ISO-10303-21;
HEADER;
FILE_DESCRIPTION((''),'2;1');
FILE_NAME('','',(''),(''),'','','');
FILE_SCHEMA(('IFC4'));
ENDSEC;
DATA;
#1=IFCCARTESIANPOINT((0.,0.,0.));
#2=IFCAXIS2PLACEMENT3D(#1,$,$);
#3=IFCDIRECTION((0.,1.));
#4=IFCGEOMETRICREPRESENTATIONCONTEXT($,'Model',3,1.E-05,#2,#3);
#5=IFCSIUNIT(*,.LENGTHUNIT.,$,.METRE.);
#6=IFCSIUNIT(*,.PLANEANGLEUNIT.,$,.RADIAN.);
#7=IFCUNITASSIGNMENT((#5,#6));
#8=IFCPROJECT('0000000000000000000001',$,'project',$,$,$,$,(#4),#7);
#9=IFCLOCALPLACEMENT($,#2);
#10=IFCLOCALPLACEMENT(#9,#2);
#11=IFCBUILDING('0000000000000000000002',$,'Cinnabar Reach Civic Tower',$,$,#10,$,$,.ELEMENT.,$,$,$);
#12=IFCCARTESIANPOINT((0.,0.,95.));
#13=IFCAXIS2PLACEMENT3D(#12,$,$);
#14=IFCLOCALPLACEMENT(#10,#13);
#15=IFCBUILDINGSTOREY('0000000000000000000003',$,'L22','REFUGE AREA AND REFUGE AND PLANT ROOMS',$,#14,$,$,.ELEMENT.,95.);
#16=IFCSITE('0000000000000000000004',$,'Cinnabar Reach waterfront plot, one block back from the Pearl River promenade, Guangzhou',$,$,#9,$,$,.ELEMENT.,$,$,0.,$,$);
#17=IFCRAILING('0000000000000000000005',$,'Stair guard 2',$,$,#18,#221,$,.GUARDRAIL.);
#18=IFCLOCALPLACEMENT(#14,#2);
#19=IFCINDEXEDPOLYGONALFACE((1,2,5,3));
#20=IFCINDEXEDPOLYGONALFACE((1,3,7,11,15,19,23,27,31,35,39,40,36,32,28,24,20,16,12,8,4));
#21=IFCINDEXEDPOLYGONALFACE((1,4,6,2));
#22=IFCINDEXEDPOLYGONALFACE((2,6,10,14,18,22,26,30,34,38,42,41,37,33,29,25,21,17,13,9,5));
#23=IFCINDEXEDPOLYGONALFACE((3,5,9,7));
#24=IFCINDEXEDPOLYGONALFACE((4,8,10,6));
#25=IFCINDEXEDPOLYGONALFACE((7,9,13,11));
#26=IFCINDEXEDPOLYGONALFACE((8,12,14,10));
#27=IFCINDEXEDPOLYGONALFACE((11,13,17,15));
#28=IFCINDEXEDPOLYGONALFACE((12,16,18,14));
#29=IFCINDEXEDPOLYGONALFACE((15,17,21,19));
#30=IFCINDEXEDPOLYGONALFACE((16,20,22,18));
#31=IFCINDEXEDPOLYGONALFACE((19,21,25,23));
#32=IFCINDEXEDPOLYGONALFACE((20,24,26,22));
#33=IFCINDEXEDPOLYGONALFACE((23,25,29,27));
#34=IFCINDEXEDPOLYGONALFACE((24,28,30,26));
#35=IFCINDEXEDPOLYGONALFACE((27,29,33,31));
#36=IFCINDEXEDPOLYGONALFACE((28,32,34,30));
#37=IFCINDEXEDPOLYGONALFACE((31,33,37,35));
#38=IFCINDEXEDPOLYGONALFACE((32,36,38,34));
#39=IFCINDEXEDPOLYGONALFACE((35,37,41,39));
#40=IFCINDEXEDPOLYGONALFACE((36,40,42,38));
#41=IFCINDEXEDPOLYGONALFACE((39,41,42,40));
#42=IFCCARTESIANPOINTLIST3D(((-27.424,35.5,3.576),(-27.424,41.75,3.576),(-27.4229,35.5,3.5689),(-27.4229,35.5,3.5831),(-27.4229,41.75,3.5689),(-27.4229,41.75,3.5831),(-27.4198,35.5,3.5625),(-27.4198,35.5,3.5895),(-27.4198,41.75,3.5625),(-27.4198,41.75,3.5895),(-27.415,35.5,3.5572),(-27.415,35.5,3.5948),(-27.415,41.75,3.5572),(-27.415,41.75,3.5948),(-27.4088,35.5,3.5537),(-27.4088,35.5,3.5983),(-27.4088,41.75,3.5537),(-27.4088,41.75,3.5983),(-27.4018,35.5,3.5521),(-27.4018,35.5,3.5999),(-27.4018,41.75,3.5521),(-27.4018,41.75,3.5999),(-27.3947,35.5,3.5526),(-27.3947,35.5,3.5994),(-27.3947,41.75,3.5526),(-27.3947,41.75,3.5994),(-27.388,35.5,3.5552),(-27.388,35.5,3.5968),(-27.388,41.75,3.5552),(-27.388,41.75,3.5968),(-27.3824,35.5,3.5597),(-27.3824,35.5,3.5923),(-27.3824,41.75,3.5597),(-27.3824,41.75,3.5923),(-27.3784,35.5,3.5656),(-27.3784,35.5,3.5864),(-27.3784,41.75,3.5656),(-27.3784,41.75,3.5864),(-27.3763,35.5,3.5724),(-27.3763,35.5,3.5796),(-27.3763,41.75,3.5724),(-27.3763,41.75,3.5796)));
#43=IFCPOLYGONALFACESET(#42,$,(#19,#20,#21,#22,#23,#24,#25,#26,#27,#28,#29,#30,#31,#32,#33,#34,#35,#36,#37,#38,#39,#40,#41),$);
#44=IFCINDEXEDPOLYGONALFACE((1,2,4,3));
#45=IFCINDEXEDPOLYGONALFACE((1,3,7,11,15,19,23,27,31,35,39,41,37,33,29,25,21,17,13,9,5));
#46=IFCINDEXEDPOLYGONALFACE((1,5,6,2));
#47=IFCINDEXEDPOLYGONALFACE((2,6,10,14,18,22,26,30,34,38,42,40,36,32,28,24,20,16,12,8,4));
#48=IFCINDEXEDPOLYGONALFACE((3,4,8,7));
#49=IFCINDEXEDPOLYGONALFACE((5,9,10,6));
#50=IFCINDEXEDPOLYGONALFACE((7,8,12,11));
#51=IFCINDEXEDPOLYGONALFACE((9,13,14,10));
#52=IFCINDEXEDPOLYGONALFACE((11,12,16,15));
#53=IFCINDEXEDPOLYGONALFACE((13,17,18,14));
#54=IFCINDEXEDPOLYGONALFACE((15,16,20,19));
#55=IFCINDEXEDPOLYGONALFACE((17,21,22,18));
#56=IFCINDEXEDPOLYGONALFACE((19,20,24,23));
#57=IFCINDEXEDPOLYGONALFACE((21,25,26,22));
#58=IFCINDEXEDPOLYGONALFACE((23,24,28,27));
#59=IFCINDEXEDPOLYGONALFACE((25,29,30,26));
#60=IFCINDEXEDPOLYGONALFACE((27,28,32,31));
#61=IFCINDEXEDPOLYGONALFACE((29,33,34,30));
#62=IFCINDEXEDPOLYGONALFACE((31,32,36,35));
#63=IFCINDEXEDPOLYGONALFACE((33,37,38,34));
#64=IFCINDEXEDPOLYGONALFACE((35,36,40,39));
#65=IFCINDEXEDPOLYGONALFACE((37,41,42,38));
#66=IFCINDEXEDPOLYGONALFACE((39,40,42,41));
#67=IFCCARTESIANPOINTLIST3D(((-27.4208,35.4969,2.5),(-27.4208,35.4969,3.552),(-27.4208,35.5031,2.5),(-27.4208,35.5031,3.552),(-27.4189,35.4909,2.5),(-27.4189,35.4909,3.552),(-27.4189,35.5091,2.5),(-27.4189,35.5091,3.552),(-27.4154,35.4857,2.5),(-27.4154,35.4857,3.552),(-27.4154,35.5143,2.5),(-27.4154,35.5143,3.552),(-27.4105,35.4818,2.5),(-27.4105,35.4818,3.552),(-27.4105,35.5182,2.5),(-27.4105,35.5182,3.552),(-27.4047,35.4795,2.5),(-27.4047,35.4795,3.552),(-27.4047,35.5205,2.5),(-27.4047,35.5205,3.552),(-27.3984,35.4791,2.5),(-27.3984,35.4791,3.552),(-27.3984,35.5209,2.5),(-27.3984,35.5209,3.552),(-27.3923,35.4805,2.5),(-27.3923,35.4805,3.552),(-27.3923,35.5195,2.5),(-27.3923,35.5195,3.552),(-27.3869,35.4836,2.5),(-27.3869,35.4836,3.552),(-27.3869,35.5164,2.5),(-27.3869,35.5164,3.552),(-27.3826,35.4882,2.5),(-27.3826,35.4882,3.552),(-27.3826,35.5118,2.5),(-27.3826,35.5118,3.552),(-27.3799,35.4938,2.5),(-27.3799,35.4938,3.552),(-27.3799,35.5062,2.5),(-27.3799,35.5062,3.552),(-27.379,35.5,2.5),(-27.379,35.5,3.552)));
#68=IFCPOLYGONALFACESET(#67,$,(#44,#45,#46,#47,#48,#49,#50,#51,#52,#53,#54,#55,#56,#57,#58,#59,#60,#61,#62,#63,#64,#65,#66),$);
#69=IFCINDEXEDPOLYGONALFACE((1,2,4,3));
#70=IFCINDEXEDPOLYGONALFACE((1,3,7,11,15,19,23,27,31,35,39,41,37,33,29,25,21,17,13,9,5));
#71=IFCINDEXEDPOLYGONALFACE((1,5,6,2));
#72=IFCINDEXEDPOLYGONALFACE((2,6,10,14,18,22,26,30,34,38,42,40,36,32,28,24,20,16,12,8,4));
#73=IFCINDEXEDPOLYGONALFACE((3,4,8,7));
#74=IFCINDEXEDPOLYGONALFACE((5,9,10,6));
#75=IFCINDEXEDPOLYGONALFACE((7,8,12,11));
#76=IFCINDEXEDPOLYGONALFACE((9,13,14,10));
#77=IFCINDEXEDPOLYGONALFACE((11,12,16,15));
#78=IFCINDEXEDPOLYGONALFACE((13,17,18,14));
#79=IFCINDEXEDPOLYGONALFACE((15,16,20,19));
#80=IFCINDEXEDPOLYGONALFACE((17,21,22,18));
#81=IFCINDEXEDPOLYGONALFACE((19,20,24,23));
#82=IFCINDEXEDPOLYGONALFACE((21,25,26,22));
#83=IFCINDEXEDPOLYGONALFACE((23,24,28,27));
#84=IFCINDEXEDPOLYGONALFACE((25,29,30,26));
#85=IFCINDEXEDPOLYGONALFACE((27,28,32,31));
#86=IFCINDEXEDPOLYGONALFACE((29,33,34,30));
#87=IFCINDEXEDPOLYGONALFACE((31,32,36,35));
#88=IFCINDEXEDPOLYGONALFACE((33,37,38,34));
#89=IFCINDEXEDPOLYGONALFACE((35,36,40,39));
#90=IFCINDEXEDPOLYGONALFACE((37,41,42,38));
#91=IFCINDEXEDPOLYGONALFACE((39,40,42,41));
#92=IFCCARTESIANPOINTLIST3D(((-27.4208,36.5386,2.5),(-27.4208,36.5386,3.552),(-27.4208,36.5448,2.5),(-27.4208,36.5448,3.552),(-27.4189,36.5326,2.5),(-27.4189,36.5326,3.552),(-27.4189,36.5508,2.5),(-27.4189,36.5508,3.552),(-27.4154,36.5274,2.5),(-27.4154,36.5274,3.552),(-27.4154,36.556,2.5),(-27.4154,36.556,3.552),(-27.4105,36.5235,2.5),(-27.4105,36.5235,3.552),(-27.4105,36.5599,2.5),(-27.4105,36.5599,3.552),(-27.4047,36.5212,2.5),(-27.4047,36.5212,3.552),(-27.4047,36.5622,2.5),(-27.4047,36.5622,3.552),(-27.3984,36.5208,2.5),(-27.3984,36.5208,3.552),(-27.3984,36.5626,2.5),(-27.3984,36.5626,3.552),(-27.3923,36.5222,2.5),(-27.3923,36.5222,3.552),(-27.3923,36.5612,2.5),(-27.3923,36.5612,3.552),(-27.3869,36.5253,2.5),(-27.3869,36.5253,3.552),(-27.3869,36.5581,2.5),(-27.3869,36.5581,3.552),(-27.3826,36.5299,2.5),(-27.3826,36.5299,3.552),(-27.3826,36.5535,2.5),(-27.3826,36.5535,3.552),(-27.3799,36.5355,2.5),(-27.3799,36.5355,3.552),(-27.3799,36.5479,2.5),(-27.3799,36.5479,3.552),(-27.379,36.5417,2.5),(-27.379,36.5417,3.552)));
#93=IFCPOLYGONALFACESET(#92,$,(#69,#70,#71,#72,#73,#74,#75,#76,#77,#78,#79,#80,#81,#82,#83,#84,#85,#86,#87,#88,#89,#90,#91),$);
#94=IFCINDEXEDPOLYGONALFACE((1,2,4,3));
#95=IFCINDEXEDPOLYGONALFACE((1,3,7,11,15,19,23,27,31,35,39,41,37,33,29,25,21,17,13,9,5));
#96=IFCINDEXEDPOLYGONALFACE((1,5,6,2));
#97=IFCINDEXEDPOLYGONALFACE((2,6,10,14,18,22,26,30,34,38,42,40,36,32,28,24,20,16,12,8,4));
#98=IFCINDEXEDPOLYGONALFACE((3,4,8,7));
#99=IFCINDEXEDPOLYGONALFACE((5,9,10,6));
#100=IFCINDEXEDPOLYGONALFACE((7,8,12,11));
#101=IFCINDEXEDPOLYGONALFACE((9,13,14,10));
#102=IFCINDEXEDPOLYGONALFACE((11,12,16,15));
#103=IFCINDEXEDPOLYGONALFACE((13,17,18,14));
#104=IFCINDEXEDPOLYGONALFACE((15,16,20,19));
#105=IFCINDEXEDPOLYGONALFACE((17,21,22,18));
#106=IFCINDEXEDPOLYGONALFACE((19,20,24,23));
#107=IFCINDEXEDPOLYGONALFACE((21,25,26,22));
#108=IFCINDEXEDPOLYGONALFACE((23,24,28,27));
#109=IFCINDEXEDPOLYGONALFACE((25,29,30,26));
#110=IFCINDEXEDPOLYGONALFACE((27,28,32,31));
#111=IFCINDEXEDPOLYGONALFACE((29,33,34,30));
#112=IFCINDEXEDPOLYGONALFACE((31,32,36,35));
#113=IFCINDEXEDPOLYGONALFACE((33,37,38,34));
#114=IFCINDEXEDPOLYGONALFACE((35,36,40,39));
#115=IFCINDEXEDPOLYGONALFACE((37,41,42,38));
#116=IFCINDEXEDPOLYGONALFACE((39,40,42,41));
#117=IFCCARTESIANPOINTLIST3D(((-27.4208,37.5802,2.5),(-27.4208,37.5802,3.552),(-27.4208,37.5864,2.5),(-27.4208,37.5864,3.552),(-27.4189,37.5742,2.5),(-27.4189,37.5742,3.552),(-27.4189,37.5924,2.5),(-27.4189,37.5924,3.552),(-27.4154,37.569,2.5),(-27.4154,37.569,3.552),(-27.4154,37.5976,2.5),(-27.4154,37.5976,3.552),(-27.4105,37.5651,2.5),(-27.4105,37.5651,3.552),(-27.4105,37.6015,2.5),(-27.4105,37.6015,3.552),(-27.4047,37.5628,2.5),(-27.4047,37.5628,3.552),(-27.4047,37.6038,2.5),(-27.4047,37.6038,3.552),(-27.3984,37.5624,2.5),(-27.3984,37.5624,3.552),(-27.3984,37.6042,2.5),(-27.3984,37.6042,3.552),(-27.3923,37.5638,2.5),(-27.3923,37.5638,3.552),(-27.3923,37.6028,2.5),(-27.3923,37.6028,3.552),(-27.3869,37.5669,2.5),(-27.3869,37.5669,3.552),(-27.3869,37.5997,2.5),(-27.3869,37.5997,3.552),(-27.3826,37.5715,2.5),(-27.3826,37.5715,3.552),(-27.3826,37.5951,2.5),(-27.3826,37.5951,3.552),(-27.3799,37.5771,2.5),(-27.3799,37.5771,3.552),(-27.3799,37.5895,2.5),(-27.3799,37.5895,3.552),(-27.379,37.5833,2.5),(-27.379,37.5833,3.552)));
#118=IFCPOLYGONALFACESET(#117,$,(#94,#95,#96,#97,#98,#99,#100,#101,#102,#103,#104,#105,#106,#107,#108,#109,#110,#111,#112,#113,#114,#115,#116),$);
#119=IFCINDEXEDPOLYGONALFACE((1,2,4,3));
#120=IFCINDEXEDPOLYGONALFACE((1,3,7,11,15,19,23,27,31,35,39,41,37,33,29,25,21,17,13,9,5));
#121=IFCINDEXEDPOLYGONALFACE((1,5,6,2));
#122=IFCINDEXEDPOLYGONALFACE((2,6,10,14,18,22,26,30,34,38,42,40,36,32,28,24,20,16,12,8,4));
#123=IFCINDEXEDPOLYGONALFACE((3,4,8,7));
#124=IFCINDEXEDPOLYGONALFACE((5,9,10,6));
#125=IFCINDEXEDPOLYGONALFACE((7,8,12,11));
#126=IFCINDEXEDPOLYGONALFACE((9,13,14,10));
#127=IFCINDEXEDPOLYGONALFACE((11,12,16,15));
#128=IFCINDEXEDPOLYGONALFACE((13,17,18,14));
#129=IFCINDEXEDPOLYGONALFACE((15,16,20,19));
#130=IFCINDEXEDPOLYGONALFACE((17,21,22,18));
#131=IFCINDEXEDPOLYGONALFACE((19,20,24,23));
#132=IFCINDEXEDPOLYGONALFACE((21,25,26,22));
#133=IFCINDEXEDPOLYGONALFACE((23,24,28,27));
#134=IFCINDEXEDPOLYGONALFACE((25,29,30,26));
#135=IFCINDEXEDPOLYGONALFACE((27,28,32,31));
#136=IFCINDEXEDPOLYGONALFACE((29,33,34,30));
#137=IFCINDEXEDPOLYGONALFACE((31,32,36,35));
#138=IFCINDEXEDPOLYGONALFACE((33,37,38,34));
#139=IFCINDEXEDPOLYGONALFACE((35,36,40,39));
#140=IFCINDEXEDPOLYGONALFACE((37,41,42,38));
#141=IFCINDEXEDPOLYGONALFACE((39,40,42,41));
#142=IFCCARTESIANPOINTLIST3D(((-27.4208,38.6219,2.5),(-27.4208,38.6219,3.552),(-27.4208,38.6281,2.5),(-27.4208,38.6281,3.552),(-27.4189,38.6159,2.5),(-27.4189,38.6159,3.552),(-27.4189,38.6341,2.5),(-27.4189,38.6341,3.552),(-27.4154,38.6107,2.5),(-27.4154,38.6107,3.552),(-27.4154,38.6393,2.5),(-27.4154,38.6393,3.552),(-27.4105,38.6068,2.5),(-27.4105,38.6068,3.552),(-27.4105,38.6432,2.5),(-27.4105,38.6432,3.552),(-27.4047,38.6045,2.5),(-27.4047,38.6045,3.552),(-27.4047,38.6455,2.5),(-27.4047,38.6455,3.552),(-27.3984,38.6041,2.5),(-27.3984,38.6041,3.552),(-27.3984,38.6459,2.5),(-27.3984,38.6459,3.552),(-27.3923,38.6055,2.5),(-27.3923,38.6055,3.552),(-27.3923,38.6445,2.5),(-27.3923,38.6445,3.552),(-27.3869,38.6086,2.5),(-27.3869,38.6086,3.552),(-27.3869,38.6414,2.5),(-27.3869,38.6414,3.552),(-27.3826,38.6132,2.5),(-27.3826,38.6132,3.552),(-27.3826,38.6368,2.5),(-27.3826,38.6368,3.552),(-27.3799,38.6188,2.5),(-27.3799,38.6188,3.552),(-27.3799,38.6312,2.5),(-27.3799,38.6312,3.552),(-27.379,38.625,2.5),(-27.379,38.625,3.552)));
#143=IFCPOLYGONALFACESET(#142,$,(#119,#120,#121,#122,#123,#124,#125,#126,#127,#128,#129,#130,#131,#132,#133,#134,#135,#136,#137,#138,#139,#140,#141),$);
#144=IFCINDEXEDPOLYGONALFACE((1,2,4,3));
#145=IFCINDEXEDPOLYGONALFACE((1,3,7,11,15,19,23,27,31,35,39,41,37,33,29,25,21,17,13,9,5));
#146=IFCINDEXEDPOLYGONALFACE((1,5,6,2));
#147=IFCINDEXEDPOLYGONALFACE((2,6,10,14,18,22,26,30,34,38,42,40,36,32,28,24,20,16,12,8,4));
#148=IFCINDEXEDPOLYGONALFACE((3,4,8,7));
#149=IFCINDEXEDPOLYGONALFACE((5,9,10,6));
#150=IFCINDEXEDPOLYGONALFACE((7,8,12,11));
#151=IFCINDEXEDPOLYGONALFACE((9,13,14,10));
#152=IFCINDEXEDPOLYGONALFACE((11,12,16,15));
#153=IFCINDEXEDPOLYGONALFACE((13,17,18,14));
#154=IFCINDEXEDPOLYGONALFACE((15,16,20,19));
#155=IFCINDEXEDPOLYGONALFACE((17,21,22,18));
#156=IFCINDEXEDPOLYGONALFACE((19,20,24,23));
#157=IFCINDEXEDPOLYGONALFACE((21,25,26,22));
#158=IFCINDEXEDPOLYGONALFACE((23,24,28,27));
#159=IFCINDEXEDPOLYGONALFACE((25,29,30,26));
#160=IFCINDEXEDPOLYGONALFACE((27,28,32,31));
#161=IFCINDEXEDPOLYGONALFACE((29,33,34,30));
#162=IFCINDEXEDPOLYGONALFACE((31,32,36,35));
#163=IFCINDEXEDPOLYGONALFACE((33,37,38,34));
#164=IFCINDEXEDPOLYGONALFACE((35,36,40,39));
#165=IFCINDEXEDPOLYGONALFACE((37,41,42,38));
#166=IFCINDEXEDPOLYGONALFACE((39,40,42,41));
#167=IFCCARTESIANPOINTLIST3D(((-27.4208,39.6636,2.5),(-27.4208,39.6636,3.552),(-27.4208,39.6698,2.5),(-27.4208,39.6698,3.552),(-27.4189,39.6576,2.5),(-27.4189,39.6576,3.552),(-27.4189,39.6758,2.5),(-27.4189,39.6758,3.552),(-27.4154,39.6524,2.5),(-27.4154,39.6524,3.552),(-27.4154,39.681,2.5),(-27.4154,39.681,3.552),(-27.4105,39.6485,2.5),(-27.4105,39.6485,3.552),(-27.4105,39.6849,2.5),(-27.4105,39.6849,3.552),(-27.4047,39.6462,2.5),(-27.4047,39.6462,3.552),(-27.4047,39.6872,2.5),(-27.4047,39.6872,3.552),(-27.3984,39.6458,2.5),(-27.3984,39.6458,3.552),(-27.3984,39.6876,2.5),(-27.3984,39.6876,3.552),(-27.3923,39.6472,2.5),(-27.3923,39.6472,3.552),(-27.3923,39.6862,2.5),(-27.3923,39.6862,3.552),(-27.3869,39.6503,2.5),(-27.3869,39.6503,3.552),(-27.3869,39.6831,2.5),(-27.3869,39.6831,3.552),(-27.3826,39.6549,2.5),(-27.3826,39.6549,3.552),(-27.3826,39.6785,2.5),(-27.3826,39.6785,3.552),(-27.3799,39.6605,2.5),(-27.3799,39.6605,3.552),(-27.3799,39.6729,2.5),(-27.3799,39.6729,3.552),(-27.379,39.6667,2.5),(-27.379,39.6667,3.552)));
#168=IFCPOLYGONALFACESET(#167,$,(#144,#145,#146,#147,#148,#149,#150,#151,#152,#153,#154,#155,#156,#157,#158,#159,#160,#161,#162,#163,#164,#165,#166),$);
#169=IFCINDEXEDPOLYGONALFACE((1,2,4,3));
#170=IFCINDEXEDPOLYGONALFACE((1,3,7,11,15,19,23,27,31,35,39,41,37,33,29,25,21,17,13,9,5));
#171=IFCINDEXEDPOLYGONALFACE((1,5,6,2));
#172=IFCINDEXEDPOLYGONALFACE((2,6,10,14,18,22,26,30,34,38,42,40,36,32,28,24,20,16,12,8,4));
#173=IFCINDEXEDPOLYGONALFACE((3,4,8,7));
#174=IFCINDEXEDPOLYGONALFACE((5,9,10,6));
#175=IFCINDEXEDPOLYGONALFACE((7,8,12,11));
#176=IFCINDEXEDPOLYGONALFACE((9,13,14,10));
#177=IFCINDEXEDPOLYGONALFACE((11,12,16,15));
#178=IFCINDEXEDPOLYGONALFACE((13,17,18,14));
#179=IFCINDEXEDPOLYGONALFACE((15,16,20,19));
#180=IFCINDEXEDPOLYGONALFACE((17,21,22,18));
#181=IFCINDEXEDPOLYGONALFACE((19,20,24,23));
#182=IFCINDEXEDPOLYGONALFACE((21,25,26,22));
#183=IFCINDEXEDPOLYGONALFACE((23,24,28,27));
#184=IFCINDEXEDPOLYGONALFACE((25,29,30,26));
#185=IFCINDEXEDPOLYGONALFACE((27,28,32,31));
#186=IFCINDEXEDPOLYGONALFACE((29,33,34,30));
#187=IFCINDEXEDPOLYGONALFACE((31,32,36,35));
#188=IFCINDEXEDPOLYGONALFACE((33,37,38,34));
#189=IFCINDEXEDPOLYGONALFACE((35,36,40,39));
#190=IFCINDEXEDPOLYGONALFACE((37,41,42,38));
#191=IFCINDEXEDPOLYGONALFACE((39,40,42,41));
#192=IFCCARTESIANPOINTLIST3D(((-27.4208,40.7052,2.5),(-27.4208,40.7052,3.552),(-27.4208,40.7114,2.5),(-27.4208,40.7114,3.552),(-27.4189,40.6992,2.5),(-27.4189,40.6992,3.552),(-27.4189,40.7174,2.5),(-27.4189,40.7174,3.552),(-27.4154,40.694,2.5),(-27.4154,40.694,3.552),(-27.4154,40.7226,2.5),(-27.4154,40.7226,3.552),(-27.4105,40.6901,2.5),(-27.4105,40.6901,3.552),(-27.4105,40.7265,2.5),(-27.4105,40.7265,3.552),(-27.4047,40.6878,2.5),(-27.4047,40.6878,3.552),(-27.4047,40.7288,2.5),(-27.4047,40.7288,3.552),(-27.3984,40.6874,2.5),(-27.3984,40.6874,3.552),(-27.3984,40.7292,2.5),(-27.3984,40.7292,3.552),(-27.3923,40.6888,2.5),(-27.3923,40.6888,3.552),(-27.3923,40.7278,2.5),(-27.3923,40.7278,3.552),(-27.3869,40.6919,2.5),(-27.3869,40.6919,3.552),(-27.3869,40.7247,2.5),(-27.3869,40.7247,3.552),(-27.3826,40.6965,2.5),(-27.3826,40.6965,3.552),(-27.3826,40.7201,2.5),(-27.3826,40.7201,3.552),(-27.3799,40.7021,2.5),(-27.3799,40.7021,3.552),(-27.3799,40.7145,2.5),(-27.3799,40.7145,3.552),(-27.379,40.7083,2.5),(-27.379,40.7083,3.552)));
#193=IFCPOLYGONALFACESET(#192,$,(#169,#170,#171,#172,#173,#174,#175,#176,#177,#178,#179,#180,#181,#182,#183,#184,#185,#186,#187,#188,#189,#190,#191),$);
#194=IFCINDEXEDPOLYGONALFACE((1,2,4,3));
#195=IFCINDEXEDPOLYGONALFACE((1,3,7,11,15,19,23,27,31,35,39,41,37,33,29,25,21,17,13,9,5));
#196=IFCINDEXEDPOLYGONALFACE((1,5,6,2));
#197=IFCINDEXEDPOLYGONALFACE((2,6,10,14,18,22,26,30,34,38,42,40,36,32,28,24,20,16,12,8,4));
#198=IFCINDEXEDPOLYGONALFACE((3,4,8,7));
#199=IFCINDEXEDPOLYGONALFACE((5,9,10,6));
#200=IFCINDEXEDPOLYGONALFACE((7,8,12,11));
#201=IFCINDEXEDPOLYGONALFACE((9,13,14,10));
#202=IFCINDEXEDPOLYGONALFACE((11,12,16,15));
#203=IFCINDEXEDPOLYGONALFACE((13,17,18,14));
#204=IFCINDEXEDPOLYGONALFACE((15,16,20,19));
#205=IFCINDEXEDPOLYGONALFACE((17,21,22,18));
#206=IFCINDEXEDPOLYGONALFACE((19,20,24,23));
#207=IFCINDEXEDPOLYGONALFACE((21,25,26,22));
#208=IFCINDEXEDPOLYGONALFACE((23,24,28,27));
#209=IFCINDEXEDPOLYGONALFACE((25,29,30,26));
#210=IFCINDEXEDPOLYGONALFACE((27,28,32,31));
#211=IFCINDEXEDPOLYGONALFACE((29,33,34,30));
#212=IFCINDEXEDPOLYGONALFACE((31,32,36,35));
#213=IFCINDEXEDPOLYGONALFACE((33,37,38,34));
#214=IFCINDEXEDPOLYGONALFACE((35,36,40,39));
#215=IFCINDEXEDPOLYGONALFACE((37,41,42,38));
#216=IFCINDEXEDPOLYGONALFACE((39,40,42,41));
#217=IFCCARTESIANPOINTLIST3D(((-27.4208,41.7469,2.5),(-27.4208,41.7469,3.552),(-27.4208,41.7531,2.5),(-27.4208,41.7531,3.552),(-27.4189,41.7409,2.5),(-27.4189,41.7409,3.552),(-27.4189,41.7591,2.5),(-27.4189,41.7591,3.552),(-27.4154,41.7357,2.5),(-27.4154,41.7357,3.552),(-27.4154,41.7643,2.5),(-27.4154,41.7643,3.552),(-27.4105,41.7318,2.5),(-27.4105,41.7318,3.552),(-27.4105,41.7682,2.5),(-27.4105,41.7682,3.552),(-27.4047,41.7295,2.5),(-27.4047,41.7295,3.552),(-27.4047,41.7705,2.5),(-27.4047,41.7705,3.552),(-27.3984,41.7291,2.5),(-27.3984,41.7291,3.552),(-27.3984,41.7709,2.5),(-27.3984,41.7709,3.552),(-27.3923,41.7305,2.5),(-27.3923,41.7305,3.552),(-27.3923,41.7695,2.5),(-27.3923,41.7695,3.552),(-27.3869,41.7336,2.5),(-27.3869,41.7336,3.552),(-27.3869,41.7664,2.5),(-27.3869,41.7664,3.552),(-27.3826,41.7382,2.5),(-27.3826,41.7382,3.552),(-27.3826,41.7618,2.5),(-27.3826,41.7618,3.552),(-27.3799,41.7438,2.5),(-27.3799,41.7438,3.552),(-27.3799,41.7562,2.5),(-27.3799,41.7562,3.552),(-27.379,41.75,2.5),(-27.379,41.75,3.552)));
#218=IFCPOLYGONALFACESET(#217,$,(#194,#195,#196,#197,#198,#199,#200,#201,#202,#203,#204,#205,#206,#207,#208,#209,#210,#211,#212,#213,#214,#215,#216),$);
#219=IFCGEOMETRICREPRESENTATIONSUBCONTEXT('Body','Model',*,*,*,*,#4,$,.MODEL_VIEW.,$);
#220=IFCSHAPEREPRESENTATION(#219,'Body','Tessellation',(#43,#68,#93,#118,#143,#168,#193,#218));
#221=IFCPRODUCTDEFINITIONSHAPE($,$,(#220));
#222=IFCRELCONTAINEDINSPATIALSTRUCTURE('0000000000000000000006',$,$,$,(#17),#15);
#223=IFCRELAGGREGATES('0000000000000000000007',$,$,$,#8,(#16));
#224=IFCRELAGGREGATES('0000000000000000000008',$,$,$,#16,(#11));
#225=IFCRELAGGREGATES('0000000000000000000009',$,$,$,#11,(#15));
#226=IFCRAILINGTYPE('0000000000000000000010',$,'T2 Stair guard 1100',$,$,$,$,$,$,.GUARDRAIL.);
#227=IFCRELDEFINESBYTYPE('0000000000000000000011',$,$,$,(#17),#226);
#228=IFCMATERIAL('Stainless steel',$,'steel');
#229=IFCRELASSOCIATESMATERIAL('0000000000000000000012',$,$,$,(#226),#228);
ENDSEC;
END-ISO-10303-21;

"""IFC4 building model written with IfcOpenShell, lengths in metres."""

from ifc_helpers import new_model, si_unit, direction, frame, origin, origin_2d, place, context, subcontext, project, spatial, circle, extrude, material, type_object, element, save


model = new_model("IFC4")

# Units and contexts
model_context = context("Model", 3, precision=1e-05, world=origin(), true_north=direction((0.0, 1.0)))
body_context = subcontext(model_context, "Body", "Model", "MODEL_VIEW")
ifc_project = project(units=[si_unit("LENGTHUNIT", "METRE"), si_unit("PLANEANGLEUNIT", "RADIAN")], contexts=[model_context])

# Site, building, storey
site_placement = place(None, origin())
site = spatial("IfcSite", under=ifc_project, at=site_placement, Name="Cinnabar Reach waterfront plot, one block back from the Pearl River promenade, Guangzhou", CompositionType="ELEMENT", RefElevation=0.0)
building_placement = place(site_placement, origin())
building = spatial("IfcBuilding", under=site, at=building_placement, Name="Cinnabar Reach Civic Tower", CompositionType="ELEMENT")
storey_placement = place(building_placement, frame((0.0, 0.0, 95.0)))
storey = spatial("IfcBuildingStorey", under=building, at=storey_placement, Name="L22", Description="REFUGE AREA AND REFUGE AND PLANT ROOMS", CompositionType="ELEMENT", Elevation=95.0)

# Railing
ifc_material_1 = material(Name="Stainless steel", Category="steel")
railing_type = type_object("IfcRailingType", Name="T2 Stair guard 1100", PredefinedType="GUARDRAIL", material=ifc_material_1)
for number, where, name in (
    (1, (-27.4, 35.5, 2.5), "Stair guard 2"),
):
    element("IfcRailing", number, at=place(storey_placement, frame(where)), inside=storey, type_object=railing_type, Name=name, PredefinedType="GUARDRAIL", context=body_context, shape_type="SweptSolid", body=[
        extrude(circle(Radius=0.024, at=origin_2d()), frame((0.0, 0.0, 1.076), z_axis=(0.0, 1.0, 0.0), x_axis=(-1.0, 0.0, 0.0)), (0.0, 0.0, 1.0), 6.25),
        extrude(circle(Radius=0.021, at=origin_2d()), origin(), (0.0, 0.0, 1.0), 1.052),
        extrude(circle(Radius=0.021, at=origin_2d()), frame((0.0, 1.0417, 0.0)), (0.0, 0.0, 1.0), 1.052),
        extrude(circle(Radius=0.021, at=origin_2d()), frame((0.0, 2.0833, 0.0)), (0.0, 0.0, 1.0), 1.052),
        extrude(circle(Radius=0.021, at=origin_2d()), frame((0.0, 3.125, 0.0)), (0.0, 0.0, 1.0), 1.052),
        extrude(circle(Radius=0.021, at=origin_2d()), frame((0.0, 4.1667, 0.0)), (0.0, 0.0, 1.0), 1.052),
        extrude(circle(Radius=0.021, at=origin_2d()), frame((0.0, 5.2083, 0.0)), (0.0, 0.0, 1.0), 1.052),
        extrude(circle(Radius=0.021, at=origin_2d()), frame((0.0, 6.25, 0.0)), (0.0, 0.0, 1.0), 1.052),
    ])

save(model, "model.ifc")
